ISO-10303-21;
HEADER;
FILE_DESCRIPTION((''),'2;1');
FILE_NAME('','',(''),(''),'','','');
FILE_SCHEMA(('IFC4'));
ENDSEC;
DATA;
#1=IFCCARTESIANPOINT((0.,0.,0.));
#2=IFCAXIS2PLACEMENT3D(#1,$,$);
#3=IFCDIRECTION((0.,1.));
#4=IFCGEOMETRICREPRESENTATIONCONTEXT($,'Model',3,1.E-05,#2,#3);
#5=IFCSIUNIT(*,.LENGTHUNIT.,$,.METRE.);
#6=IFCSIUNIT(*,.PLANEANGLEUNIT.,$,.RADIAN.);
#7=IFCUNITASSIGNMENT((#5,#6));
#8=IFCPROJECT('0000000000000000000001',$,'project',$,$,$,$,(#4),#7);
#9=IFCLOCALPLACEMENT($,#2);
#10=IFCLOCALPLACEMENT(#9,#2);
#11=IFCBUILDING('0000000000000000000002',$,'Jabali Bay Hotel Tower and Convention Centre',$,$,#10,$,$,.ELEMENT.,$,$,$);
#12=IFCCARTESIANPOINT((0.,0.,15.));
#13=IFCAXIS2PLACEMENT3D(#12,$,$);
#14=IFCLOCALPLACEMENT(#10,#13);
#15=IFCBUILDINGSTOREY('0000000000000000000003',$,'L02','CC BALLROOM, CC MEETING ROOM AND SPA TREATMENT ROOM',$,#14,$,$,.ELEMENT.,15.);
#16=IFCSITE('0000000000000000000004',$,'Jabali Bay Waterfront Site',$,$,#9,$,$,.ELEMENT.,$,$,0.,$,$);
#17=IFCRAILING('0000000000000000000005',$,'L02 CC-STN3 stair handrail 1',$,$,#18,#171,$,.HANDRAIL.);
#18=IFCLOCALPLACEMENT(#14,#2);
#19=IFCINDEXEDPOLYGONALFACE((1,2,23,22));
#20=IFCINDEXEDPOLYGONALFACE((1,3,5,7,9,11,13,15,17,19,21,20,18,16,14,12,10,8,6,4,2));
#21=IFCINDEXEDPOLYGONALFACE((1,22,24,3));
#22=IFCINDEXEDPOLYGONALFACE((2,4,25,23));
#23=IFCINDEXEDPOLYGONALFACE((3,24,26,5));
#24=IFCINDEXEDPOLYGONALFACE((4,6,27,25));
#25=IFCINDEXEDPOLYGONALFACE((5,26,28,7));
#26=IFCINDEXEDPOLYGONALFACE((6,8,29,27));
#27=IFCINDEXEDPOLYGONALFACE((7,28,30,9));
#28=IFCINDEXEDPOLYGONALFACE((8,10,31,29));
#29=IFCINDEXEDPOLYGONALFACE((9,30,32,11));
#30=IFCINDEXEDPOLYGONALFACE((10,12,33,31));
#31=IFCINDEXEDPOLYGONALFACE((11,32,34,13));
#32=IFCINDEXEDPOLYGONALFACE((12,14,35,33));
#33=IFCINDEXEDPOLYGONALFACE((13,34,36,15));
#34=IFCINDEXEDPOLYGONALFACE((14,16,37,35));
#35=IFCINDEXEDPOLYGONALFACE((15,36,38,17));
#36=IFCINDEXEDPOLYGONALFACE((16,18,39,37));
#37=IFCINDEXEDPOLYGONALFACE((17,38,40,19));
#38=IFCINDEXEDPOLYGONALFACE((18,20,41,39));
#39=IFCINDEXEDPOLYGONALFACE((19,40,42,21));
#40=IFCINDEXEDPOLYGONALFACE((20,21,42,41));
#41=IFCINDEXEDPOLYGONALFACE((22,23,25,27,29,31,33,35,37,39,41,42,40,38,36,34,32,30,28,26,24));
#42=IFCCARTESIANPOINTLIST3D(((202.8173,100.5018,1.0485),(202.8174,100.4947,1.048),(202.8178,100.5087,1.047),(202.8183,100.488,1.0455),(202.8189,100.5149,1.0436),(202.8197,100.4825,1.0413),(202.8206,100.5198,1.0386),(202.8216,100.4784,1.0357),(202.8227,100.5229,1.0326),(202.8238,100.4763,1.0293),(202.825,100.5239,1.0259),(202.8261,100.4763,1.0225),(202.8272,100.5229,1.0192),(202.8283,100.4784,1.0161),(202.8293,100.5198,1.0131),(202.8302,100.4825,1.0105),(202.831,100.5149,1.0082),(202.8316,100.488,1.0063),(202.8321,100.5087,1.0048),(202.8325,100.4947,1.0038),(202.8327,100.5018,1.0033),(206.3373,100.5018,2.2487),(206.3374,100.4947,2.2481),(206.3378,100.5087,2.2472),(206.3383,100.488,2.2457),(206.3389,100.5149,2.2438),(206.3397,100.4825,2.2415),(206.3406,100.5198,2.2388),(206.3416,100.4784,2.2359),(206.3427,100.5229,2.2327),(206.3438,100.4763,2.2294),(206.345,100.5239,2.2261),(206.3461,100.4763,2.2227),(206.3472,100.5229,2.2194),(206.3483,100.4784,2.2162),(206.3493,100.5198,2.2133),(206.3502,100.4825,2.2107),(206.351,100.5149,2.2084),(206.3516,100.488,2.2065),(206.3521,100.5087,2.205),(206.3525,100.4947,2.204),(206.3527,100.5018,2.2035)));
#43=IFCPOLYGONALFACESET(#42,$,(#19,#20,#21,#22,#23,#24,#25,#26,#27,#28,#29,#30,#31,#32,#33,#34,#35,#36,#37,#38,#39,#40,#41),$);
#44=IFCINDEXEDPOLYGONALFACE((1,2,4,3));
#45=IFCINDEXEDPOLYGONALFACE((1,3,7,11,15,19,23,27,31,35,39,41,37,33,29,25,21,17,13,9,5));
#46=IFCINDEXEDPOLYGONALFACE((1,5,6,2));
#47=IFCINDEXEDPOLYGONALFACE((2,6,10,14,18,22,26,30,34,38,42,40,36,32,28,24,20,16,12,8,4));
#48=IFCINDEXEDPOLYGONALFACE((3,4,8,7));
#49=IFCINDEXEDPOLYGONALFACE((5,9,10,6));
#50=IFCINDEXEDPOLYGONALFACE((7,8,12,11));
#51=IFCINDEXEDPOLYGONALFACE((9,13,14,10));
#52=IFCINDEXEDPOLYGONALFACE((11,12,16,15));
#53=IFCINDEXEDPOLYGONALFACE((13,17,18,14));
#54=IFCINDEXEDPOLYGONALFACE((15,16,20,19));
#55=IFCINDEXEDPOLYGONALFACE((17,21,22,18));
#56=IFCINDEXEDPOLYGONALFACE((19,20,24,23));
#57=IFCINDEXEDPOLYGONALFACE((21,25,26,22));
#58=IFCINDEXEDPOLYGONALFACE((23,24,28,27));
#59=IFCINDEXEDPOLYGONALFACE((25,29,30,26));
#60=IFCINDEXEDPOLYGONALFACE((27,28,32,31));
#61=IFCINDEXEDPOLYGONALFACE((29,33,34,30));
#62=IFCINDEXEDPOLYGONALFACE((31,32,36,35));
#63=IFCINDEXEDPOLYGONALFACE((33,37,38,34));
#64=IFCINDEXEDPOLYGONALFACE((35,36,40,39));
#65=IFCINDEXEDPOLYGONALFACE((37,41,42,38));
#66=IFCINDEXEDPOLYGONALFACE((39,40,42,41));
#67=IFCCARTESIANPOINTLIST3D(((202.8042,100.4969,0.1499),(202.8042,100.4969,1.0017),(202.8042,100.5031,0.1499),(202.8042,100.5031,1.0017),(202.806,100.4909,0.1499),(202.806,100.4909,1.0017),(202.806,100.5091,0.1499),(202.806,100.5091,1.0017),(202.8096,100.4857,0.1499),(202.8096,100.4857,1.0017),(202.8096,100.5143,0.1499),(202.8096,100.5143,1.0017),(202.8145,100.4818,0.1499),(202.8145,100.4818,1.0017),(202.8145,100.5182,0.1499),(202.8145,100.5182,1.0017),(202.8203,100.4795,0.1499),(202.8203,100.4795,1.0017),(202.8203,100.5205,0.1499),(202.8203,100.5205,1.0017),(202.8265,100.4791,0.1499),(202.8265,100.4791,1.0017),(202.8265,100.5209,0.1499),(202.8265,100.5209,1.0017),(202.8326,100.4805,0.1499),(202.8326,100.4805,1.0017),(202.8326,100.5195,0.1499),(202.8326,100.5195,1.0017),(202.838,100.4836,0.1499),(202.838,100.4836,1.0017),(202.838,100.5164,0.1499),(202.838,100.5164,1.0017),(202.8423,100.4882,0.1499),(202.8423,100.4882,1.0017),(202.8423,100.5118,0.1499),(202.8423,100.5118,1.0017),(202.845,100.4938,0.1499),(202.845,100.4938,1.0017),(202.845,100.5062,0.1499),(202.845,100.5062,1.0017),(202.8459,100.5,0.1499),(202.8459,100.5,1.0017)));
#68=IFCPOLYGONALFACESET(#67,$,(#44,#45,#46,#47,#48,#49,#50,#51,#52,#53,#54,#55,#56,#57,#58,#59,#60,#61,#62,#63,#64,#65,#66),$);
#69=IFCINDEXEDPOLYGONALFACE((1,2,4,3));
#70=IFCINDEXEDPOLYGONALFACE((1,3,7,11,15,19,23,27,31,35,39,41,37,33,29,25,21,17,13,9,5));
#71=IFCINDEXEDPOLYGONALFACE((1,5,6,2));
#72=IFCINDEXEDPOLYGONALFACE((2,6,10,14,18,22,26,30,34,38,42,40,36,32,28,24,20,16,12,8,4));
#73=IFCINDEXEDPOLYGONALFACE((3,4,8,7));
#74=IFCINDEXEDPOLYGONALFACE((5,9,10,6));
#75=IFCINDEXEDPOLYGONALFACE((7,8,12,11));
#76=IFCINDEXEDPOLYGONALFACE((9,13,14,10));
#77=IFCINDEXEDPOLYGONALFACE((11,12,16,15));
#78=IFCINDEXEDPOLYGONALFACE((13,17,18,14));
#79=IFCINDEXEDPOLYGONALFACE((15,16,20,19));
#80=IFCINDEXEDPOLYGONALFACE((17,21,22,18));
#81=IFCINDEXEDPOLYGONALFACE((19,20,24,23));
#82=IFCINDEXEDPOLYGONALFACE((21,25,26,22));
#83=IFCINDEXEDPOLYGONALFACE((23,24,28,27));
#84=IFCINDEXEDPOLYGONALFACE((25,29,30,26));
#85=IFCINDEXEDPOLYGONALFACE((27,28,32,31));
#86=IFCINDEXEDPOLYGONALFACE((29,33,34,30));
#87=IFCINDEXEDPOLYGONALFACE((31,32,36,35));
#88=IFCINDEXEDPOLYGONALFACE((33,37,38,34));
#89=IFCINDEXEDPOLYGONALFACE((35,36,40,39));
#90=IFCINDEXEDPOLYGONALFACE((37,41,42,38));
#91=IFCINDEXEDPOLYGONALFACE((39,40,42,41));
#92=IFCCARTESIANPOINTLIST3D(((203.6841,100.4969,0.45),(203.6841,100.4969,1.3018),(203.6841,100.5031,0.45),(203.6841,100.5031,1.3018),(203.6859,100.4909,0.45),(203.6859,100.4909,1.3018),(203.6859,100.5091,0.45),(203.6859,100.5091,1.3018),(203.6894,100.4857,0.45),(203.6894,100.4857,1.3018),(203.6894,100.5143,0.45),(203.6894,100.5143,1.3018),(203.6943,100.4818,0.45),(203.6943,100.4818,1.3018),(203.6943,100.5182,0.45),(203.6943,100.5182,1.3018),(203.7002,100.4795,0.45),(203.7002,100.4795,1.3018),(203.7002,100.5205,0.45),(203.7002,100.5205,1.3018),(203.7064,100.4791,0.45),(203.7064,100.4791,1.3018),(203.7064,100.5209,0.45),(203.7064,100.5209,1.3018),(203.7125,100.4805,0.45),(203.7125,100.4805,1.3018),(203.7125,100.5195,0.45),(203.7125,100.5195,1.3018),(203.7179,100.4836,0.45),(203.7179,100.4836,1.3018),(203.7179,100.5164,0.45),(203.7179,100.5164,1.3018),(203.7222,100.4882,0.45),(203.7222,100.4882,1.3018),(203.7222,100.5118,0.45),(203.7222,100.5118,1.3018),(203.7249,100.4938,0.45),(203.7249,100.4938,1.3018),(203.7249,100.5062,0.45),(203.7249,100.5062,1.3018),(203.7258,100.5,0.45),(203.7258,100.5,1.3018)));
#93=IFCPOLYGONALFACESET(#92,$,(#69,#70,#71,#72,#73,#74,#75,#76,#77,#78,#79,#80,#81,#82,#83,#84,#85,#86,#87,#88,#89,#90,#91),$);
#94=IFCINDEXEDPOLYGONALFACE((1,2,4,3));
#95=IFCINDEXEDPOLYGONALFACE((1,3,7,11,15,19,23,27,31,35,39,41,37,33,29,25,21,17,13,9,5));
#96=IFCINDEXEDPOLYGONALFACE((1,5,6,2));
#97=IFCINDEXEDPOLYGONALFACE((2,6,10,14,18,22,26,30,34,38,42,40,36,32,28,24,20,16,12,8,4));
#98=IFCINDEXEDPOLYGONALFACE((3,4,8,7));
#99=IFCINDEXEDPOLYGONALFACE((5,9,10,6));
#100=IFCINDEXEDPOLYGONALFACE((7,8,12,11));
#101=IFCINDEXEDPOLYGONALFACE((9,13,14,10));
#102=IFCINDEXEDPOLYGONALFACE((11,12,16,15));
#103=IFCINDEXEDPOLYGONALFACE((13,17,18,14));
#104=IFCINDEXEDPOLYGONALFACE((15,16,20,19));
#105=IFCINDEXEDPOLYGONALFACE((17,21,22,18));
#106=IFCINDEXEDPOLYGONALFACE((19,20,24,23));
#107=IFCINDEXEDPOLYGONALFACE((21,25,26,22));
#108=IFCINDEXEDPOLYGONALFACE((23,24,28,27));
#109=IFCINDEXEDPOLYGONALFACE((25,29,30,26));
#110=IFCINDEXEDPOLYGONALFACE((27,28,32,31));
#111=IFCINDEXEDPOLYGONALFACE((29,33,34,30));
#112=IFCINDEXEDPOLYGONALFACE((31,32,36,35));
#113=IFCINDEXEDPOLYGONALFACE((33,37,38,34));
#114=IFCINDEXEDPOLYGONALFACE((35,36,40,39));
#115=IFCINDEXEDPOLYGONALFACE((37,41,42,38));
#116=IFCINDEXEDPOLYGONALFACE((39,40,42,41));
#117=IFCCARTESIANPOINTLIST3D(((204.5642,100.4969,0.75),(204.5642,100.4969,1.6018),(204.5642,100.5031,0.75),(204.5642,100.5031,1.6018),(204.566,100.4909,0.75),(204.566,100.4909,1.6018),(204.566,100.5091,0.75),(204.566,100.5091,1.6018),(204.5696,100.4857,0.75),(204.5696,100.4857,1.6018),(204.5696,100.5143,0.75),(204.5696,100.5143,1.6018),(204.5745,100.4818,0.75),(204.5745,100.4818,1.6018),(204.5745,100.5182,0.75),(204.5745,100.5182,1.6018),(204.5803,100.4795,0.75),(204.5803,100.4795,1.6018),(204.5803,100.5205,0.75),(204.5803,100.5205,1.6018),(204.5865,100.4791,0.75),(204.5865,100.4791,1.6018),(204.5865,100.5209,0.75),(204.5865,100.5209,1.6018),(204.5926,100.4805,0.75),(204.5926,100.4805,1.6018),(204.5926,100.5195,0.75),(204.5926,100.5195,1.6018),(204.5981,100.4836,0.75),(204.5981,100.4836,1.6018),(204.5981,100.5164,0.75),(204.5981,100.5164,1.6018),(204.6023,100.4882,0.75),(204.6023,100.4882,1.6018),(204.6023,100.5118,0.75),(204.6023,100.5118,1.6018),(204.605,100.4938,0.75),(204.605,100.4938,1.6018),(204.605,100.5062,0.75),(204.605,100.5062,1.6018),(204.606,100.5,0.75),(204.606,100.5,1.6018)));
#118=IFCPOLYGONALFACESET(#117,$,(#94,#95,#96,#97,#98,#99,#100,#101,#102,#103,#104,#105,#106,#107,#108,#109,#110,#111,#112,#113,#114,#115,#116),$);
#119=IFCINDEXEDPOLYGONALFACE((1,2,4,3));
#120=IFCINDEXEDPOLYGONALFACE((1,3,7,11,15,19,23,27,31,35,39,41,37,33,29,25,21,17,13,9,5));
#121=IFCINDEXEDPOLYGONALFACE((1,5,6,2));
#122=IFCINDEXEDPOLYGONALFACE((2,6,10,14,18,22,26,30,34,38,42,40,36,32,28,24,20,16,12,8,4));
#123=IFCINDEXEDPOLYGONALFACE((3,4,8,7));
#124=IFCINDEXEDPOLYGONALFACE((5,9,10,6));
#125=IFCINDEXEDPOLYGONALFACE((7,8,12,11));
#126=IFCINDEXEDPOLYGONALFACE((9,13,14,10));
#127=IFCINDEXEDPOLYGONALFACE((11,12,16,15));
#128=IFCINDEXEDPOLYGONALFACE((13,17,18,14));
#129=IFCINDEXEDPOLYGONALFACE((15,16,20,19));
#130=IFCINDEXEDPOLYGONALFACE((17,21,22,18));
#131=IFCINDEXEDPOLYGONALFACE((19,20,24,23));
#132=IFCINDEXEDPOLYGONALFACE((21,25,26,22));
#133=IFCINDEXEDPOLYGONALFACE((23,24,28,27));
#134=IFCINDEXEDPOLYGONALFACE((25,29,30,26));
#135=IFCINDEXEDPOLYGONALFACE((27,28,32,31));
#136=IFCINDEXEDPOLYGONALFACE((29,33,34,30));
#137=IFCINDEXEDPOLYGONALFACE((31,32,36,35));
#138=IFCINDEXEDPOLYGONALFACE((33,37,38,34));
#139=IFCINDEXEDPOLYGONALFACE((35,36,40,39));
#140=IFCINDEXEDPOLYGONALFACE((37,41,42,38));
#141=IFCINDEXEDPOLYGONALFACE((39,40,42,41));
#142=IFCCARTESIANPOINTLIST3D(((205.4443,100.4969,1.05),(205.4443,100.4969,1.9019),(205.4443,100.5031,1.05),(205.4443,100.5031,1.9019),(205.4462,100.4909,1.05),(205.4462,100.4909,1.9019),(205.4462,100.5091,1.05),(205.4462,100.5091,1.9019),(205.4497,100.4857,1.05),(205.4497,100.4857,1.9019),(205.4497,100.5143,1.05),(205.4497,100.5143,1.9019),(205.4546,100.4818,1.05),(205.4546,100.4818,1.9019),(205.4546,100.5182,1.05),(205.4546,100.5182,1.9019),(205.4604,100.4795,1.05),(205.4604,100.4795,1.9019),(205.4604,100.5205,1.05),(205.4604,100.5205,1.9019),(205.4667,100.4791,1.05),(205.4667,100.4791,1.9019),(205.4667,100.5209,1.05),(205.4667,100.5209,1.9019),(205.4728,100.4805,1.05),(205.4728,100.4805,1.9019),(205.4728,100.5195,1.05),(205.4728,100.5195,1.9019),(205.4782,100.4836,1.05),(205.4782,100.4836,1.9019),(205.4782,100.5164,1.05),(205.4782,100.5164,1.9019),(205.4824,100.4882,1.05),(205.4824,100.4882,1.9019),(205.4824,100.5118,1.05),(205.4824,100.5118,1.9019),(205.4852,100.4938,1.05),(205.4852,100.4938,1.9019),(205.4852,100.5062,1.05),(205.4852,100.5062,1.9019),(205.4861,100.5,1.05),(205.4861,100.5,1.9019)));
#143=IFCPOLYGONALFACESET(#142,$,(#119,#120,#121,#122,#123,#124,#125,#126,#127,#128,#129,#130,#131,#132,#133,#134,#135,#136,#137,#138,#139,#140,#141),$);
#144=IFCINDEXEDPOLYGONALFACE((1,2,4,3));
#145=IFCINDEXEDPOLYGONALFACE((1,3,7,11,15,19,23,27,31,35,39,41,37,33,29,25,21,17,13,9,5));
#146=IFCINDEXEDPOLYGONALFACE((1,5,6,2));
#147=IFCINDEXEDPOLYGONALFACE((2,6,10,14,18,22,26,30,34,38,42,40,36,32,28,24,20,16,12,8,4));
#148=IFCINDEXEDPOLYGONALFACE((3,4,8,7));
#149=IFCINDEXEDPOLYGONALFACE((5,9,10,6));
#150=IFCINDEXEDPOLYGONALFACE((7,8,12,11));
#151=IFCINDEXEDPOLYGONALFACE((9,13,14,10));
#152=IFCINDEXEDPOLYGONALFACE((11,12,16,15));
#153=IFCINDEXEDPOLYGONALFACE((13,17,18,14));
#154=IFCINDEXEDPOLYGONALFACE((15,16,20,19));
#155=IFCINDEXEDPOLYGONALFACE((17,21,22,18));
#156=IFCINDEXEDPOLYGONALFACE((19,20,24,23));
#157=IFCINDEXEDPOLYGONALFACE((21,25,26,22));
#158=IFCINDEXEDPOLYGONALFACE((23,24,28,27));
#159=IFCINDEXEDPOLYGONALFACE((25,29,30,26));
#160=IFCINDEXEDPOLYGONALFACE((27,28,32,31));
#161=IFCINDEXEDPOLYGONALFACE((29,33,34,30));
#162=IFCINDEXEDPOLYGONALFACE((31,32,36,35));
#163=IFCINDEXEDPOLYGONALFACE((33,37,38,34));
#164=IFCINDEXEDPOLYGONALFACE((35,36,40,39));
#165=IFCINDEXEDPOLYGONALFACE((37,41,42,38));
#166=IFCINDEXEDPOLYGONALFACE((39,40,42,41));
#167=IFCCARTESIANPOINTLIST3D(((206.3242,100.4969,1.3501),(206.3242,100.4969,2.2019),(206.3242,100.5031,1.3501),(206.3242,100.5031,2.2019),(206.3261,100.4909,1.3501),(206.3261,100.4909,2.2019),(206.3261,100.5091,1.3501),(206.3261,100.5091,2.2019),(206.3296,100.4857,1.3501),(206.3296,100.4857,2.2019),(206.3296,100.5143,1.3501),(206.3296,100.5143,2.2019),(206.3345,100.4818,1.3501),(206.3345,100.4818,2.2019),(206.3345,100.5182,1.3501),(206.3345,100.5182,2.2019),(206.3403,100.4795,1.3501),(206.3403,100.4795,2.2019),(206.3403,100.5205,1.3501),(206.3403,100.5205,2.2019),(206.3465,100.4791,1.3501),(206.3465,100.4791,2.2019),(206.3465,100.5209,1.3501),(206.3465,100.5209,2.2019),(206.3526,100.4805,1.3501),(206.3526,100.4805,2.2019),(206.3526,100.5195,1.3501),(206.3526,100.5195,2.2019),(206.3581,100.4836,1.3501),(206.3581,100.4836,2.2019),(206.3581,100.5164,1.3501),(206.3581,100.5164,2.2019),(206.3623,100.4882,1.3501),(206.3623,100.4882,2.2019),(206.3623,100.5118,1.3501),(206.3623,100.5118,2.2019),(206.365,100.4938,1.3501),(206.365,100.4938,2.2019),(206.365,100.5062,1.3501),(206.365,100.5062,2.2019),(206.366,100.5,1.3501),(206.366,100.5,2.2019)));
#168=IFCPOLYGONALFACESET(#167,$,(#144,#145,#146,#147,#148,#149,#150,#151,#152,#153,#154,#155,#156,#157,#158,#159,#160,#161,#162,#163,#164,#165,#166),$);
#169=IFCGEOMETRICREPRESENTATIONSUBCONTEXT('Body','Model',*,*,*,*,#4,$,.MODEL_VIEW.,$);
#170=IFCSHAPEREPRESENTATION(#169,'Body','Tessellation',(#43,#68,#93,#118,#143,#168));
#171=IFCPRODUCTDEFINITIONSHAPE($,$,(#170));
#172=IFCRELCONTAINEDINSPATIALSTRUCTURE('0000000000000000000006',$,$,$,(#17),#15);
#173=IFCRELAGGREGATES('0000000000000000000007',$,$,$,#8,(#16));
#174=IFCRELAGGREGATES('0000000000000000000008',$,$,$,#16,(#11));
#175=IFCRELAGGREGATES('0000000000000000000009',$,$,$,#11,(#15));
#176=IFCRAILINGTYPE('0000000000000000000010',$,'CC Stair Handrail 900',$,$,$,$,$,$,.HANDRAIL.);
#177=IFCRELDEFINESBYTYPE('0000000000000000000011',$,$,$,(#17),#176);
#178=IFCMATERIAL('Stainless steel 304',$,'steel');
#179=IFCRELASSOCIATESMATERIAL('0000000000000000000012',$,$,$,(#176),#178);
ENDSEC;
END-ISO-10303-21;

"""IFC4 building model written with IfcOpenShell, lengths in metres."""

from ifc_helpers import new_model, si_unit, direction, frame, origin, origin_2d, place, context, subcontext, project, spatial, circle, extrude, material, type_object, element, save


model = new_model("IFC4")

# Units and contexts
model_context = context("Model", 3, precision=1e-05, world=origin(), true_north=direction((0.0, 1.0)))
body_context = subcontext(model_context, "Body", "Model", "MODEL_VIEW")
ifc_project = project(units=[si_unit("LENGTHUNIT", "METRE"), si_unit("PLANEANGLEUNIT", "RADIAN")], contexts=[model_context])

# Site, building, storey
site_placement = place(None, origin())
site = spatial("IfcSite", under=ifc_project, at=site_placement, Name="Jabali Bay Waterfront Site", CompositionType="ELEMENT", RefElevation=0.0)
building_placement = place(site_placement, origin())
building = spatial("IfcBuilding", under=site, at=building_placement, Name="Jabali Bay Hotel Tower and Convention Centre", CompositionType="ELEMENT")
storey_placement = place(building_placement, frame((0.0, 0.0, 15.0)))
storey = spatial("IfcBuildingStorey", under=building, at=storey_placement, Name="L02", Description="CC BALLROOM, CC MEETING ROOM AND SPA TREATMENT ROOM", CompositionType="ELEMENT", Elevation=15.0)

# Railing
ifc_material_1 = material(Name="Stainless steel 304", Category="steel")
railing_type = type_object("IfcRailingType", Name="CC Stair Handrail 900", PredefinedType="HANDRAIL", material=ifc_material_1)
railing_1_placement = place(storey_placement, frame((202.825, 100.5, 0.1499)))
element("IfcRailing", 1, at=railing_1_placement, inside=storey, type_object=railing_type, Name="L02 CC-STN3 stair handrail 1", PredefinedType="HANDRAIL", context=body_context, shape_type="SweptSolid", body=[
    extrude(circle(Radius=0.0239, at=origin_2d()), frame((0.0, 0.0, 0.876), z_axis=(0.946495, 0.0, 0.322719), x_axis=(0.0, 1.0, 0.0)), (0.0, 0.0, 1.0), 3.719),
    extrude(circle(Radius=0.021, at=origin_2d()), origin(), (0.0, 0.0, 1.0), 0.8518),
    extrude(circle(Radius=0.021, at=origin_2d()), frame((0.8799, 0.0, 0.3)), (0.0, 0.0, 1.0), 0.8518),
    extrude(circle(Radius=0.021, at=origin_2d()), frame((1.76, 0.0, 0.6001)), (0.0, 0.0, 1.0), 0.8518),
    extrude(circle(Radius=0.021, at=origin_2d()), frame((2.6401, 0.0, 0.9001)), (0.0, 0.0, 1.0), 0.8518),
    extrude(circle(Radius=0.021, at=origin_2d()), frame((3.52, 0.0, 1.2002)), (0.0, 0.0, 1.0), 0.8518),
])

save(model, "model.ifc")
